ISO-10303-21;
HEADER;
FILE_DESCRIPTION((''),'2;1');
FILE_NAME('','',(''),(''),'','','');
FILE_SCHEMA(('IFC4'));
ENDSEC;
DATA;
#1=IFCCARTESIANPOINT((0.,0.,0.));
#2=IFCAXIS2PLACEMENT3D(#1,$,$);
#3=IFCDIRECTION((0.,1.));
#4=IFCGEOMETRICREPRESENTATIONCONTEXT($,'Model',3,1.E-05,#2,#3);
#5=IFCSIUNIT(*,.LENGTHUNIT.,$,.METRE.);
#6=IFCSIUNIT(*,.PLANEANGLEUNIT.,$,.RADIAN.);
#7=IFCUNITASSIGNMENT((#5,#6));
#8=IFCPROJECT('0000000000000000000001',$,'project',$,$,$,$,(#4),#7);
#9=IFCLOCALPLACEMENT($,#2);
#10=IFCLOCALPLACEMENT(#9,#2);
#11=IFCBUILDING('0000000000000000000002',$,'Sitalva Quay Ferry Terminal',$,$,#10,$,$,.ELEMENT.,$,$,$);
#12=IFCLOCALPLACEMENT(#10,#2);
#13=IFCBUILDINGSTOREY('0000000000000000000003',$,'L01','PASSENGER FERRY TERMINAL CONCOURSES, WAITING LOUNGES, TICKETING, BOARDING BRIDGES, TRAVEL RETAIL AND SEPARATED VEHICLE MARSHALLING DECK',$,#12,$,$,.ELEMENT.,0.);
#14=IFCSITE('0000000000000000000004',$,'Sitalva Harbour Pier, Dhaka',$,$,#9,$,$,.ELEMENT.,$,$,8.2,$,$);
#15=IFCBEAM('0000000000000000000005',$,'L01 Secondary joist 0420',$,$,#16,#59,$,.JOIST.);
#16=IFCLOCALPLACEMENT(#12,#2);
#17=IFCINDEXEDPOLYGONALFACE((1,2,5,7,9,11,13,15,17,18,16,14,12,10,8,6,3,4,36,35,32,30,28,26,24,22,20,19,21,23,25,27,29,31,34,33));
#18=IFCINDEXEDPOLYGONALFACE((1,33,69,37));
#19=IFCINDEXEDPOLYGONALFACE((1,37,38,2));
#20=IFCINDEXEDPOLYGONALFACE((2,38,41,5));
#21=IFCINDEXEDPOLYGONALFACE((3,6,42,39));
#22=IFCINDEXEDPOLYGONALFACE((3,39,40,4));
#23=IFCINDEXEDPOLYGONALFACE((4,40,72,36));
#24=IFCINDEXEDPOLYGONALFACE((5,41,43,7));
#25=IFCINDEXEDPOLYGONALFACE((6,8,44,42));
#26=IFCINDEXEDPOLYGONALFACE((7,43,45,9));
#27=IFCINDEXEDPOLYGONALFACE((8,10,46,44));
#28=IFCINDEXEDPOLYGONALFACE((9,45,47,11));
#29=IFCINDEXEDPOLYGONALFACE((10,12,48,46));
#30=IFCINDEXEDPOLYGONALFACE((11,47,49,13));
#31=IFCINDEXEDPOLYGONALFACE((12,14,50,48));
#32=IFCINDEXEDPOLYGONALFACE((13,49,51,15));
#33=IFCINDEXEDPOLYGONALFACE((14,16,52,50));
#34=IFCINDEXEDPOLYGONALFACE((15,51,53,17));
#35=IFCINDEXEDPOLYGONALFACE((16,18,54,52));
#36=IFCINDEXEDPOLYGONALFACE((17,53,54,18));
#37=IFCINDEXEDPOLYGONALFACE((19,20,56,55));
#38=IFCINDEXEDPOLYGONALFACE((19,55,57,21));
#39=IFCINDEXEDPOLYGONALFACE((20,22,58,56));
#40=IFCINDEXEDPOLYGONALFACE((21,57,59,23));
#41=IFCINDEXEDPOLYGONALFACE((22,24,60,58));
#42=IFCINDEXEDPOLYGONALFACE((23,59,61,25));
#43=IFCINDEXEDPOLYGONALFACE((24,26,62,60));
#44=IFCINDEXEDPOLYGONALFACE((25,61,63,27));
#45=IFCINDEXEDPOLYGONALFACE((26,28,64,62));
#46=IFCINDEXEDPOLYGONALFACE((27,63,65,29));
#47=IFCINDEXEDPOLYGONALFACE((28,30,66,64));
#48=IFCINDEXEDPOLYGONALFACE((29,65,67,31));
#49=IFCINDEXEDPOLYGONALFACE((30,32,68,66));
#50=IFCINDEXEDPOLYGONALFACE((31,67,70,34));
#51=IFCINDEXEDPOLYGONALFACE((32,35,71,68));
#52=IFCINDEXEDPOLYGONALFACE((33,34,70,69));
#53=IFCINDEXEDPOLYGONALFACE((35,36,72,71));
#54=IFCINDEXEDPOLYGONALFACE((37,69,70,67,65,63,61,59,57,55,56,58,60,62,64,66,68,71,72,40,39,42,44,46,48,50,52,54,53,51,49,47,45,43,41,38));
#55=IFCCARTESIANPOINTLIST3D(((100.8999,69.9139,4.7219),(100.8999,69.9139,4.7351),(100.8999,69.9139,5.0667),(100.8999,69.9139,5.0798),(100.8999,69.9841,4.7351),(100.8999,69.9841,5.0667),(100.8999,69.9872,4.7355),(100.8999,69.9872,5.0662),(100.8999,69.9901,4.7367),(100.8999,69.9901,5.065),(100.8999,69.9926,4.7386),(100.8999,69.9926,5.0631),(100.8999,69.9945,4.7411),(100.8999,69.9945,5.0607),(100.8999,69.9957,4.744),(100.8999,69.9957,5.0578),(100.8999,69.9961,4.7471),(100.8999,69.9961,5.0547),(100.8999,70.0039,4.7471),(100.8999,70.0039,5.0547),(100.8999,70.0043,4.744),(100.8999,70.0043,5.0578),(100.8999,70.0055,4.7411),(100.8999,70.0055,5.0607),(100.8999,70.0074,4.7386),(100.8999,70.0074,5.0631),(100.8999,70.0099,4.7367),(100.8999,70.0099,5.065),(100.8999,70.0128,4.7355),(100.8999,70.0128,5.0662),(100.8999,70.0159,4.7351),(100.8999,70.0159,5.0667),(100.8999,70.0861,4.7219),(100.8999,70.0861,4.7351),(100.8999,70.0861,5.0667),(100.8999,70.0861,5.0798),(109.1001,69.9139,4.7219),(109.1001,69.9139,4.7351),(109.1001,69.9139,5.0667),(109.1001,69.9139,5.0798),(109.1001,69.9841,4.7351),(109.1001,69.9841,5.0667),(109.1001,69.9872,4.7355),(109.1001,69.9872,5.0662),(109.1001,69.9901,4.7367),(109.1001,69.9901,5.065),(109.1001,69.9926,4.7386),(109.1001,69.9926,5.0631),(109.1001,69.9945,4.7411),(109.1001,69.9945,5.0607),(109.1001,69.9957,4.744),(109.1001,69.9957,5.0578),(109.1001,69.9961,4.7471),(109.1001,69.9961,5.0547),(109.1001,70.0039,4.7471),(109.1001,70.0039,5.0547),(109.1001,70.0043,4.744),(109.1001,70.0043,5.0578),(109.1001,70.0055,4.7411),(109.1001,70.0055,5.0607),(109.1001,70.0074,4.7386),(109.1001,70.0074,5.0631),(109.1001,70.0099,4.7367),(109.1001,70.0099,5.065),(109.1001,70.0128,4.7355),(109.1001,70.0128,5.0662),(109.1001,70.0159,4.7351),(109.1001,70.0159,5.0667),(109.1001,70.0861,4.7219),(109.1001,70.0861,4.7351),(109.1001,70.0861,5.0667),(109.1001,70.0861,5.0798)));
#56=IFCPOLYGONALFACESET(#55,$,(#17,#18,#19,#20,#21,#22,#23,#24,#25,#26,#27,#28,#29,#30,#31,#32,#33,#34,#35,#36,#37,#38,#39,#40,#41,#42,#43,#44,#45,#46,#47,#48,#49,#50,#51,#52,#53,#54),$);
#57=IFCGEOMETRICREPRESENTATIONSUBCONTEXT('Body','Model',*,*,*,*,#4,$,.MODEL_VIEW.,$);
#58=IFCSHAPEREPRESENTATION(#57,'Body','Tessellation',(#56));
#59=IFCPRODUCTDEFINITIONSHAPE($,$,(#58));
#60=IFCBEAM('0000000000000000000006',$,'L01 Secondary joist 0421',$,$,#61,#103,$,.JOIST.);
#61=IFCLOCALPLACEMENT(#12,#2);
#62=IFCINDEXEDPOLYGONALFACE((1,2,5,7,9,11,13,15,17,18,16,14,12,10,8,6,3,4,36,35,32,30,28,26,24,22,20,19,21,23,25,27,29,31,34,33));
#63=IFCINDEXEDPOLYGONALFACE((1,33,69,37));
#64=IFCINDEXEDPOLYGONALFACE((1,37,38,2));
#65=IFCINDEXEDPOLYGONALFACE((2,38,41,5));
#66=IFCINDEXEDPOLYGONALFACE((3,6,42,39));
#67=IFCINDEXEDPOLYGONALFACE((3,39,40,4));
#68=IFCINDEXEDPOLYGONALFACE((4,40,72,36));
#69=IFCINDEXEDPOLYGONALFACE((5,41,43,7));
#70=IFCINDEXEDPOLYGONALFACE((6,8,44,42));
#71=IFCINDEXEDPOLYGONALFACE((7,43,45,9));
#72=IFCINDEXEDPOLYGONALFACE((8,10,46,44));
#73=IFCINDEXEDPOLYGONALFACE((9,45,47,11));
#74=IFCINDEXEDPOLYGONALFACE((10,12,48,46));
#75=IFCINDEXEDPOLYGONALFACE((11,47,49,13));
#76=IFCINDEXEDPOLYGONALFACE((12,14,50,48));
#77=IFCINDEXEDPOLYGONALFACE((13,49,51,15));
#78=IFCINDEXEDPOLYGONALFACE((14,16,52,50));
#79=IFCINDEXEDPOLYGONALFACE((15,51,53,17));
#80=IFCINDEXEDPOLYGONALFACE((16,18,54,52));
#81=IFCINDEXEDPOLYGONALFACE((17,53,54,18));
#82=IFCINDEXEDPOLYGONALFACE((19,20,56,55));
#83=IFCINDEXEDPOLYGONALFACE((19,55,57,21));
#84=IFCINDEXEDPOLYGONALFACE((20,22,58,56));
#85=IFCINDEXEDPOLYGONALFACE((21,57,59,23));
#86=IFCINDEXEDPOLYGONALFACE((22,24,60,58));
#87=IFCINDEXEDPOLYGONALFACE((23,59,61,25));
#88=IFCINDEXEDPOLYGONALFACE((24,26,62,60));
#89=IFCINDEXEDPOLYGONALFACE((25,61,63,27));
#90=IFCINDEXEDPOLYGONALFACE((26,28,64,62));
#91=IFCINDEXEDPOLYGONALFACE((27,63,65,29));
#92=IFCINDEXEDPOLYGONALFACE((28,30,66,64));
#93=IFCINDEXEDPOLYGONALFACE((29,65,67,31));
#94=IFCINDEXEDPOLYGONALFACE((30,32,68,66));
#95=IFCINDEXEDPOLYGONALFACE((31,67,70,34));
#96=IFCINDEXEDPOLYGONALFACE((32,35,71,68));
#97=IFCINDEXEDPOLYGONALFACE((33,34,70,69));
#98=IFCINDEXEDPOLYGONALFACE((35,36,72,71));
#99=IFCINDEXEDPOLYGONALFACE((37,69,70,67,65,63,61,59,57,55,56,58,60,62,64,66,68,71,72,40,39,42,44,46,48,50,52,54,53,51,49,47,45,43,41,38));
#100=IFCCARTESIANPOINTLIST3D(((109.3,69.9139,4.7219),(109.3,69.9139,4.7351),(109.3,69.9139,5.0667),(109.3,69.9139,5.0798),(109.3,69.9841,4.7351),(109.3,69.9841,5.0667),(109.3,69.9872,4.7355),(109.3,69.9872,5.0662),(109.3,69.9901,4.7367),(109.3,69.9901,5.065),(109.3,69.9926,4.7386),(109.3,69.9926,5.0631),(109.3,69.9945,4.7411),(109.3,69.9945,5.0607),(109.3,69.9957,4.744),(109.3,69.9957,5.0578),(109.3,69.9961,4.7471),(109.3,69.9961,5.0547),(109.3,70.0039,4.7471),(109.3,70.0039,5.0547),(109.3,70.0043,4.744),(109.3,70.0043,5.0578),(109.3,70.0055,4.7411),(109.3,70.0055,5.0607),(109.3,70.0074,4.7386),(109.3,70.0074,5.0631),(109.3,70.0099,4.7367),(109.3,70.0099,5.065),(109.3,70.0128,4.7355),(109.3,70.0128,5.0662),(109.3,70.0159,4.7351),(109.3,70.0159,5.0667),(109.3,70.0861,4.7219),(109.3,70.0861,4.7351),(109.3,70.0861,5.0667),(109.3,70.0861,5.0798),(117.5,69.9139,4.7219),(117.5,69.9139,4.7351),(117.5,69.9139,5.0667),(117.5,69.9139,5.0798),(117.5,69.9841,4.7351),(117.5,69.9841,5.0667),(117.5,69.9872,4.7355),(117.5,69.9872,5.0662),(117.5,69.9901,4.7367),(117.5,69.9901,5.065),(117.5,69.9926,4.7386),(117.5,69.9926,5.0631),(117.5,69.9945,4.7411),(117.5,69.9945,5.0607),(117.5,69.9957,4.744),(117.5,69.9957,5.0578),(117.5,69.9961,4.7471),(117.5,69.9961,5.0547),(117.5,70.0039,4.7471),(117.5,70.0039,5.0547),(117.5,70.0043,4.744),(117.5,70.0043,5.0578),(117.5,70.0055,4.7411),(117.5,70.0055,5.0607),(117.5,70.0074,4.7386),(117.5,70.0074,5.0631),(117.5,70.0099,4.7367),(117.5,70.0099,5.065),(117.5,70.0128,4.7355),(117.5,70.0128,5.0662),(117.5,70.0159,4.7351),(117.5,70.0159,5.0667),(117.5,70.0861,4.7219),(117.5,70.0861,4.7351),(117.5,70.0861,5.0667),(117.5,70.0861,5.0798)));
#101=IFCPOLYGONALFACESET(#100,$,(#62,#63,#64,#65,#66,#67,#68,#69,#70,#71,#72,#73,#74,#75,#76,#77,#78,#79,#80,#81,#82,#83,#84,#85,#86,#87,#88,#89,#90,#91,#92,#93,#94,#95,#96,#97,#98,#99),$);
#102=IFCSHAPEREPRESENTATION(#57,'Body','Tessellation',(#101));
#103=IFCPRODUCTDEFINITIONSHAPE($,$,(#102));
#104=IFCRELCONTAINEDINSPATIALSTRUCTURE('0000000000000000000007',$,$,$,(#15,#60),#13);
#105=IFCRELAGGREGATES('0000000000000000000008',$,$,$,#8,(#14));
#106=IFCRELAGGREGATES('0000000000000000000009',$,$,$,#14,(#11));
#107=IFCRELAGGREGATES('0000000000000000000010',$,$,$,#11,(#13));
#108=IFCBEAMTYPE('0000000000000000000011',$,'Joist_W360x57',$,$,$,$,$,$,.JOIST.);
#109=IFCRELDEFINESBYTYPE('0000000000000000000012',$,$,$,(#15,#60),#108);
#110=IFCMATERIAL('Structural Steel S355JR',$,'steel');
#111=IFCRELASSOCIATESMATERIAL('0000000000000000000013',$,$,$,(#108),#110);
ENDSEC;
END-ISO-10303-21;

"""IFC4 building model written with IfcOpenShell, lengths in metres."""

from ifc_helpers import new_model, si_unit, direction, frame, origin, origin_2d, place, context, subcontext, project, spatial, i_section, extrude, material, material_profile, profile_set, type_object, element, save


model = new_model("IFC4")

# Units and contexts
model_context = context("Model", 3, precision=1e-05, world=origin(), true_north=direction((0.0, 1.0)))
body_context = subcontext(model_context, "Body", "Model", "MODEL_VIEW")
ifc_project = project(units=[si_unit("LENGTHUNIT", "METRE"), si_unit("PLANEANGLEUNIT", "RADIAN")], contexts=[model_context])

# Site, building, storey
site_placement = place(None, origin())
site = spatial("IfcSite", under=ifc_project, at=site_placement, Name="Sitalva Harbour Pier, Dhaka", CompositionType="ELEMENT", RefElevation=8.2)
building_placement = place(site_placement, origin())
building = spatial("IfcBuilding", under=site, at=building_placement, Name="Sitalva Quay Ferry Terminal", CompositionType="ELEMENT")
storey_placement = place(building_placement, origin())
storey = spatial("IfcBuildingStorey", under=building, at=storey_placement, Name="L01", Description="PASSENGER FERRY TERMINAL CONCOURSES, WAITING LOUNGES, TICKETING, BOARDING BRIDGES, TRAVEL RETAIL AND SEPARATED VEHICLE MARSHALLING DECK", CompositionType="ELEMENT", Elevation=0.0)

# Beams
ifc_material_1 = material(Name="Structural Steel S355JR", Category="steel")
ifc_material_profile_1 = material_profile(ifc_material_1, i_section(OverallWidth=0.1721, OverallDepth=0.3579, WebThickness=0.0078, FlangeThickness=0.0132, FilletRadius=0.012, at=origin_2d()), Name="W360x57")
ifc_profile_set_1 = profile_set([ifc_material_profile_1], Name="Structural Steel S355JR")
beam_type_1 = type_object("IfcBeamType", Name="Joist_W360x57", PredefinedType="JOIST", material=ifc_profile_set_1)
beam_1_placement = place(storey_placement, frame((100.8999, 70.0, 4.9009), z_axis=(1.0, 0.0, 0.0), x_axis=(0.0, 1.0, 0.0)))
element("IfcBeam", 1, at=beam_1_placement, inside=storey, type_object=beam_type_1, Name="L01 Secondary joist 0420", PredefinedType="JOIST", context=body_context, shape_type="SweptSolid", body=[
    extrude(i_section(OverallWidth=0.1721, OverallDepth=0.3579, WebThickness=0.0078, FlangeThickness=0.0132, FilletRadius=0.012, at=origin_2d()), origin(), (0.0, 0.0, 1.0), 8.2002),
])
beam_2_placement = place(storey_placement, frame((109.3, 70.0, 4.9009), z_axis=(1.0, 0.0, 0.0), x_axis=(0.0, 1.0, 0.0)))
element("IfcBeam", 2, at=beam_2_placement, inside=storey, type_object=beam_type_1, Name="L01 Secondary joist 0421", PredefinedType="JOIST", context=body_context, shape_type="SweptSolid", body=[
    extrude(i_section(OverallWidth=0.1721, OverallDepth=0.3579, WebThickness=0.0078, FlangeThickness=0.0132, FilletRadius=0.012, at=origin_2d()), origin(), (0.0, 0.0, 1.0), 8.2),
])

save(model, "model.ifc")
